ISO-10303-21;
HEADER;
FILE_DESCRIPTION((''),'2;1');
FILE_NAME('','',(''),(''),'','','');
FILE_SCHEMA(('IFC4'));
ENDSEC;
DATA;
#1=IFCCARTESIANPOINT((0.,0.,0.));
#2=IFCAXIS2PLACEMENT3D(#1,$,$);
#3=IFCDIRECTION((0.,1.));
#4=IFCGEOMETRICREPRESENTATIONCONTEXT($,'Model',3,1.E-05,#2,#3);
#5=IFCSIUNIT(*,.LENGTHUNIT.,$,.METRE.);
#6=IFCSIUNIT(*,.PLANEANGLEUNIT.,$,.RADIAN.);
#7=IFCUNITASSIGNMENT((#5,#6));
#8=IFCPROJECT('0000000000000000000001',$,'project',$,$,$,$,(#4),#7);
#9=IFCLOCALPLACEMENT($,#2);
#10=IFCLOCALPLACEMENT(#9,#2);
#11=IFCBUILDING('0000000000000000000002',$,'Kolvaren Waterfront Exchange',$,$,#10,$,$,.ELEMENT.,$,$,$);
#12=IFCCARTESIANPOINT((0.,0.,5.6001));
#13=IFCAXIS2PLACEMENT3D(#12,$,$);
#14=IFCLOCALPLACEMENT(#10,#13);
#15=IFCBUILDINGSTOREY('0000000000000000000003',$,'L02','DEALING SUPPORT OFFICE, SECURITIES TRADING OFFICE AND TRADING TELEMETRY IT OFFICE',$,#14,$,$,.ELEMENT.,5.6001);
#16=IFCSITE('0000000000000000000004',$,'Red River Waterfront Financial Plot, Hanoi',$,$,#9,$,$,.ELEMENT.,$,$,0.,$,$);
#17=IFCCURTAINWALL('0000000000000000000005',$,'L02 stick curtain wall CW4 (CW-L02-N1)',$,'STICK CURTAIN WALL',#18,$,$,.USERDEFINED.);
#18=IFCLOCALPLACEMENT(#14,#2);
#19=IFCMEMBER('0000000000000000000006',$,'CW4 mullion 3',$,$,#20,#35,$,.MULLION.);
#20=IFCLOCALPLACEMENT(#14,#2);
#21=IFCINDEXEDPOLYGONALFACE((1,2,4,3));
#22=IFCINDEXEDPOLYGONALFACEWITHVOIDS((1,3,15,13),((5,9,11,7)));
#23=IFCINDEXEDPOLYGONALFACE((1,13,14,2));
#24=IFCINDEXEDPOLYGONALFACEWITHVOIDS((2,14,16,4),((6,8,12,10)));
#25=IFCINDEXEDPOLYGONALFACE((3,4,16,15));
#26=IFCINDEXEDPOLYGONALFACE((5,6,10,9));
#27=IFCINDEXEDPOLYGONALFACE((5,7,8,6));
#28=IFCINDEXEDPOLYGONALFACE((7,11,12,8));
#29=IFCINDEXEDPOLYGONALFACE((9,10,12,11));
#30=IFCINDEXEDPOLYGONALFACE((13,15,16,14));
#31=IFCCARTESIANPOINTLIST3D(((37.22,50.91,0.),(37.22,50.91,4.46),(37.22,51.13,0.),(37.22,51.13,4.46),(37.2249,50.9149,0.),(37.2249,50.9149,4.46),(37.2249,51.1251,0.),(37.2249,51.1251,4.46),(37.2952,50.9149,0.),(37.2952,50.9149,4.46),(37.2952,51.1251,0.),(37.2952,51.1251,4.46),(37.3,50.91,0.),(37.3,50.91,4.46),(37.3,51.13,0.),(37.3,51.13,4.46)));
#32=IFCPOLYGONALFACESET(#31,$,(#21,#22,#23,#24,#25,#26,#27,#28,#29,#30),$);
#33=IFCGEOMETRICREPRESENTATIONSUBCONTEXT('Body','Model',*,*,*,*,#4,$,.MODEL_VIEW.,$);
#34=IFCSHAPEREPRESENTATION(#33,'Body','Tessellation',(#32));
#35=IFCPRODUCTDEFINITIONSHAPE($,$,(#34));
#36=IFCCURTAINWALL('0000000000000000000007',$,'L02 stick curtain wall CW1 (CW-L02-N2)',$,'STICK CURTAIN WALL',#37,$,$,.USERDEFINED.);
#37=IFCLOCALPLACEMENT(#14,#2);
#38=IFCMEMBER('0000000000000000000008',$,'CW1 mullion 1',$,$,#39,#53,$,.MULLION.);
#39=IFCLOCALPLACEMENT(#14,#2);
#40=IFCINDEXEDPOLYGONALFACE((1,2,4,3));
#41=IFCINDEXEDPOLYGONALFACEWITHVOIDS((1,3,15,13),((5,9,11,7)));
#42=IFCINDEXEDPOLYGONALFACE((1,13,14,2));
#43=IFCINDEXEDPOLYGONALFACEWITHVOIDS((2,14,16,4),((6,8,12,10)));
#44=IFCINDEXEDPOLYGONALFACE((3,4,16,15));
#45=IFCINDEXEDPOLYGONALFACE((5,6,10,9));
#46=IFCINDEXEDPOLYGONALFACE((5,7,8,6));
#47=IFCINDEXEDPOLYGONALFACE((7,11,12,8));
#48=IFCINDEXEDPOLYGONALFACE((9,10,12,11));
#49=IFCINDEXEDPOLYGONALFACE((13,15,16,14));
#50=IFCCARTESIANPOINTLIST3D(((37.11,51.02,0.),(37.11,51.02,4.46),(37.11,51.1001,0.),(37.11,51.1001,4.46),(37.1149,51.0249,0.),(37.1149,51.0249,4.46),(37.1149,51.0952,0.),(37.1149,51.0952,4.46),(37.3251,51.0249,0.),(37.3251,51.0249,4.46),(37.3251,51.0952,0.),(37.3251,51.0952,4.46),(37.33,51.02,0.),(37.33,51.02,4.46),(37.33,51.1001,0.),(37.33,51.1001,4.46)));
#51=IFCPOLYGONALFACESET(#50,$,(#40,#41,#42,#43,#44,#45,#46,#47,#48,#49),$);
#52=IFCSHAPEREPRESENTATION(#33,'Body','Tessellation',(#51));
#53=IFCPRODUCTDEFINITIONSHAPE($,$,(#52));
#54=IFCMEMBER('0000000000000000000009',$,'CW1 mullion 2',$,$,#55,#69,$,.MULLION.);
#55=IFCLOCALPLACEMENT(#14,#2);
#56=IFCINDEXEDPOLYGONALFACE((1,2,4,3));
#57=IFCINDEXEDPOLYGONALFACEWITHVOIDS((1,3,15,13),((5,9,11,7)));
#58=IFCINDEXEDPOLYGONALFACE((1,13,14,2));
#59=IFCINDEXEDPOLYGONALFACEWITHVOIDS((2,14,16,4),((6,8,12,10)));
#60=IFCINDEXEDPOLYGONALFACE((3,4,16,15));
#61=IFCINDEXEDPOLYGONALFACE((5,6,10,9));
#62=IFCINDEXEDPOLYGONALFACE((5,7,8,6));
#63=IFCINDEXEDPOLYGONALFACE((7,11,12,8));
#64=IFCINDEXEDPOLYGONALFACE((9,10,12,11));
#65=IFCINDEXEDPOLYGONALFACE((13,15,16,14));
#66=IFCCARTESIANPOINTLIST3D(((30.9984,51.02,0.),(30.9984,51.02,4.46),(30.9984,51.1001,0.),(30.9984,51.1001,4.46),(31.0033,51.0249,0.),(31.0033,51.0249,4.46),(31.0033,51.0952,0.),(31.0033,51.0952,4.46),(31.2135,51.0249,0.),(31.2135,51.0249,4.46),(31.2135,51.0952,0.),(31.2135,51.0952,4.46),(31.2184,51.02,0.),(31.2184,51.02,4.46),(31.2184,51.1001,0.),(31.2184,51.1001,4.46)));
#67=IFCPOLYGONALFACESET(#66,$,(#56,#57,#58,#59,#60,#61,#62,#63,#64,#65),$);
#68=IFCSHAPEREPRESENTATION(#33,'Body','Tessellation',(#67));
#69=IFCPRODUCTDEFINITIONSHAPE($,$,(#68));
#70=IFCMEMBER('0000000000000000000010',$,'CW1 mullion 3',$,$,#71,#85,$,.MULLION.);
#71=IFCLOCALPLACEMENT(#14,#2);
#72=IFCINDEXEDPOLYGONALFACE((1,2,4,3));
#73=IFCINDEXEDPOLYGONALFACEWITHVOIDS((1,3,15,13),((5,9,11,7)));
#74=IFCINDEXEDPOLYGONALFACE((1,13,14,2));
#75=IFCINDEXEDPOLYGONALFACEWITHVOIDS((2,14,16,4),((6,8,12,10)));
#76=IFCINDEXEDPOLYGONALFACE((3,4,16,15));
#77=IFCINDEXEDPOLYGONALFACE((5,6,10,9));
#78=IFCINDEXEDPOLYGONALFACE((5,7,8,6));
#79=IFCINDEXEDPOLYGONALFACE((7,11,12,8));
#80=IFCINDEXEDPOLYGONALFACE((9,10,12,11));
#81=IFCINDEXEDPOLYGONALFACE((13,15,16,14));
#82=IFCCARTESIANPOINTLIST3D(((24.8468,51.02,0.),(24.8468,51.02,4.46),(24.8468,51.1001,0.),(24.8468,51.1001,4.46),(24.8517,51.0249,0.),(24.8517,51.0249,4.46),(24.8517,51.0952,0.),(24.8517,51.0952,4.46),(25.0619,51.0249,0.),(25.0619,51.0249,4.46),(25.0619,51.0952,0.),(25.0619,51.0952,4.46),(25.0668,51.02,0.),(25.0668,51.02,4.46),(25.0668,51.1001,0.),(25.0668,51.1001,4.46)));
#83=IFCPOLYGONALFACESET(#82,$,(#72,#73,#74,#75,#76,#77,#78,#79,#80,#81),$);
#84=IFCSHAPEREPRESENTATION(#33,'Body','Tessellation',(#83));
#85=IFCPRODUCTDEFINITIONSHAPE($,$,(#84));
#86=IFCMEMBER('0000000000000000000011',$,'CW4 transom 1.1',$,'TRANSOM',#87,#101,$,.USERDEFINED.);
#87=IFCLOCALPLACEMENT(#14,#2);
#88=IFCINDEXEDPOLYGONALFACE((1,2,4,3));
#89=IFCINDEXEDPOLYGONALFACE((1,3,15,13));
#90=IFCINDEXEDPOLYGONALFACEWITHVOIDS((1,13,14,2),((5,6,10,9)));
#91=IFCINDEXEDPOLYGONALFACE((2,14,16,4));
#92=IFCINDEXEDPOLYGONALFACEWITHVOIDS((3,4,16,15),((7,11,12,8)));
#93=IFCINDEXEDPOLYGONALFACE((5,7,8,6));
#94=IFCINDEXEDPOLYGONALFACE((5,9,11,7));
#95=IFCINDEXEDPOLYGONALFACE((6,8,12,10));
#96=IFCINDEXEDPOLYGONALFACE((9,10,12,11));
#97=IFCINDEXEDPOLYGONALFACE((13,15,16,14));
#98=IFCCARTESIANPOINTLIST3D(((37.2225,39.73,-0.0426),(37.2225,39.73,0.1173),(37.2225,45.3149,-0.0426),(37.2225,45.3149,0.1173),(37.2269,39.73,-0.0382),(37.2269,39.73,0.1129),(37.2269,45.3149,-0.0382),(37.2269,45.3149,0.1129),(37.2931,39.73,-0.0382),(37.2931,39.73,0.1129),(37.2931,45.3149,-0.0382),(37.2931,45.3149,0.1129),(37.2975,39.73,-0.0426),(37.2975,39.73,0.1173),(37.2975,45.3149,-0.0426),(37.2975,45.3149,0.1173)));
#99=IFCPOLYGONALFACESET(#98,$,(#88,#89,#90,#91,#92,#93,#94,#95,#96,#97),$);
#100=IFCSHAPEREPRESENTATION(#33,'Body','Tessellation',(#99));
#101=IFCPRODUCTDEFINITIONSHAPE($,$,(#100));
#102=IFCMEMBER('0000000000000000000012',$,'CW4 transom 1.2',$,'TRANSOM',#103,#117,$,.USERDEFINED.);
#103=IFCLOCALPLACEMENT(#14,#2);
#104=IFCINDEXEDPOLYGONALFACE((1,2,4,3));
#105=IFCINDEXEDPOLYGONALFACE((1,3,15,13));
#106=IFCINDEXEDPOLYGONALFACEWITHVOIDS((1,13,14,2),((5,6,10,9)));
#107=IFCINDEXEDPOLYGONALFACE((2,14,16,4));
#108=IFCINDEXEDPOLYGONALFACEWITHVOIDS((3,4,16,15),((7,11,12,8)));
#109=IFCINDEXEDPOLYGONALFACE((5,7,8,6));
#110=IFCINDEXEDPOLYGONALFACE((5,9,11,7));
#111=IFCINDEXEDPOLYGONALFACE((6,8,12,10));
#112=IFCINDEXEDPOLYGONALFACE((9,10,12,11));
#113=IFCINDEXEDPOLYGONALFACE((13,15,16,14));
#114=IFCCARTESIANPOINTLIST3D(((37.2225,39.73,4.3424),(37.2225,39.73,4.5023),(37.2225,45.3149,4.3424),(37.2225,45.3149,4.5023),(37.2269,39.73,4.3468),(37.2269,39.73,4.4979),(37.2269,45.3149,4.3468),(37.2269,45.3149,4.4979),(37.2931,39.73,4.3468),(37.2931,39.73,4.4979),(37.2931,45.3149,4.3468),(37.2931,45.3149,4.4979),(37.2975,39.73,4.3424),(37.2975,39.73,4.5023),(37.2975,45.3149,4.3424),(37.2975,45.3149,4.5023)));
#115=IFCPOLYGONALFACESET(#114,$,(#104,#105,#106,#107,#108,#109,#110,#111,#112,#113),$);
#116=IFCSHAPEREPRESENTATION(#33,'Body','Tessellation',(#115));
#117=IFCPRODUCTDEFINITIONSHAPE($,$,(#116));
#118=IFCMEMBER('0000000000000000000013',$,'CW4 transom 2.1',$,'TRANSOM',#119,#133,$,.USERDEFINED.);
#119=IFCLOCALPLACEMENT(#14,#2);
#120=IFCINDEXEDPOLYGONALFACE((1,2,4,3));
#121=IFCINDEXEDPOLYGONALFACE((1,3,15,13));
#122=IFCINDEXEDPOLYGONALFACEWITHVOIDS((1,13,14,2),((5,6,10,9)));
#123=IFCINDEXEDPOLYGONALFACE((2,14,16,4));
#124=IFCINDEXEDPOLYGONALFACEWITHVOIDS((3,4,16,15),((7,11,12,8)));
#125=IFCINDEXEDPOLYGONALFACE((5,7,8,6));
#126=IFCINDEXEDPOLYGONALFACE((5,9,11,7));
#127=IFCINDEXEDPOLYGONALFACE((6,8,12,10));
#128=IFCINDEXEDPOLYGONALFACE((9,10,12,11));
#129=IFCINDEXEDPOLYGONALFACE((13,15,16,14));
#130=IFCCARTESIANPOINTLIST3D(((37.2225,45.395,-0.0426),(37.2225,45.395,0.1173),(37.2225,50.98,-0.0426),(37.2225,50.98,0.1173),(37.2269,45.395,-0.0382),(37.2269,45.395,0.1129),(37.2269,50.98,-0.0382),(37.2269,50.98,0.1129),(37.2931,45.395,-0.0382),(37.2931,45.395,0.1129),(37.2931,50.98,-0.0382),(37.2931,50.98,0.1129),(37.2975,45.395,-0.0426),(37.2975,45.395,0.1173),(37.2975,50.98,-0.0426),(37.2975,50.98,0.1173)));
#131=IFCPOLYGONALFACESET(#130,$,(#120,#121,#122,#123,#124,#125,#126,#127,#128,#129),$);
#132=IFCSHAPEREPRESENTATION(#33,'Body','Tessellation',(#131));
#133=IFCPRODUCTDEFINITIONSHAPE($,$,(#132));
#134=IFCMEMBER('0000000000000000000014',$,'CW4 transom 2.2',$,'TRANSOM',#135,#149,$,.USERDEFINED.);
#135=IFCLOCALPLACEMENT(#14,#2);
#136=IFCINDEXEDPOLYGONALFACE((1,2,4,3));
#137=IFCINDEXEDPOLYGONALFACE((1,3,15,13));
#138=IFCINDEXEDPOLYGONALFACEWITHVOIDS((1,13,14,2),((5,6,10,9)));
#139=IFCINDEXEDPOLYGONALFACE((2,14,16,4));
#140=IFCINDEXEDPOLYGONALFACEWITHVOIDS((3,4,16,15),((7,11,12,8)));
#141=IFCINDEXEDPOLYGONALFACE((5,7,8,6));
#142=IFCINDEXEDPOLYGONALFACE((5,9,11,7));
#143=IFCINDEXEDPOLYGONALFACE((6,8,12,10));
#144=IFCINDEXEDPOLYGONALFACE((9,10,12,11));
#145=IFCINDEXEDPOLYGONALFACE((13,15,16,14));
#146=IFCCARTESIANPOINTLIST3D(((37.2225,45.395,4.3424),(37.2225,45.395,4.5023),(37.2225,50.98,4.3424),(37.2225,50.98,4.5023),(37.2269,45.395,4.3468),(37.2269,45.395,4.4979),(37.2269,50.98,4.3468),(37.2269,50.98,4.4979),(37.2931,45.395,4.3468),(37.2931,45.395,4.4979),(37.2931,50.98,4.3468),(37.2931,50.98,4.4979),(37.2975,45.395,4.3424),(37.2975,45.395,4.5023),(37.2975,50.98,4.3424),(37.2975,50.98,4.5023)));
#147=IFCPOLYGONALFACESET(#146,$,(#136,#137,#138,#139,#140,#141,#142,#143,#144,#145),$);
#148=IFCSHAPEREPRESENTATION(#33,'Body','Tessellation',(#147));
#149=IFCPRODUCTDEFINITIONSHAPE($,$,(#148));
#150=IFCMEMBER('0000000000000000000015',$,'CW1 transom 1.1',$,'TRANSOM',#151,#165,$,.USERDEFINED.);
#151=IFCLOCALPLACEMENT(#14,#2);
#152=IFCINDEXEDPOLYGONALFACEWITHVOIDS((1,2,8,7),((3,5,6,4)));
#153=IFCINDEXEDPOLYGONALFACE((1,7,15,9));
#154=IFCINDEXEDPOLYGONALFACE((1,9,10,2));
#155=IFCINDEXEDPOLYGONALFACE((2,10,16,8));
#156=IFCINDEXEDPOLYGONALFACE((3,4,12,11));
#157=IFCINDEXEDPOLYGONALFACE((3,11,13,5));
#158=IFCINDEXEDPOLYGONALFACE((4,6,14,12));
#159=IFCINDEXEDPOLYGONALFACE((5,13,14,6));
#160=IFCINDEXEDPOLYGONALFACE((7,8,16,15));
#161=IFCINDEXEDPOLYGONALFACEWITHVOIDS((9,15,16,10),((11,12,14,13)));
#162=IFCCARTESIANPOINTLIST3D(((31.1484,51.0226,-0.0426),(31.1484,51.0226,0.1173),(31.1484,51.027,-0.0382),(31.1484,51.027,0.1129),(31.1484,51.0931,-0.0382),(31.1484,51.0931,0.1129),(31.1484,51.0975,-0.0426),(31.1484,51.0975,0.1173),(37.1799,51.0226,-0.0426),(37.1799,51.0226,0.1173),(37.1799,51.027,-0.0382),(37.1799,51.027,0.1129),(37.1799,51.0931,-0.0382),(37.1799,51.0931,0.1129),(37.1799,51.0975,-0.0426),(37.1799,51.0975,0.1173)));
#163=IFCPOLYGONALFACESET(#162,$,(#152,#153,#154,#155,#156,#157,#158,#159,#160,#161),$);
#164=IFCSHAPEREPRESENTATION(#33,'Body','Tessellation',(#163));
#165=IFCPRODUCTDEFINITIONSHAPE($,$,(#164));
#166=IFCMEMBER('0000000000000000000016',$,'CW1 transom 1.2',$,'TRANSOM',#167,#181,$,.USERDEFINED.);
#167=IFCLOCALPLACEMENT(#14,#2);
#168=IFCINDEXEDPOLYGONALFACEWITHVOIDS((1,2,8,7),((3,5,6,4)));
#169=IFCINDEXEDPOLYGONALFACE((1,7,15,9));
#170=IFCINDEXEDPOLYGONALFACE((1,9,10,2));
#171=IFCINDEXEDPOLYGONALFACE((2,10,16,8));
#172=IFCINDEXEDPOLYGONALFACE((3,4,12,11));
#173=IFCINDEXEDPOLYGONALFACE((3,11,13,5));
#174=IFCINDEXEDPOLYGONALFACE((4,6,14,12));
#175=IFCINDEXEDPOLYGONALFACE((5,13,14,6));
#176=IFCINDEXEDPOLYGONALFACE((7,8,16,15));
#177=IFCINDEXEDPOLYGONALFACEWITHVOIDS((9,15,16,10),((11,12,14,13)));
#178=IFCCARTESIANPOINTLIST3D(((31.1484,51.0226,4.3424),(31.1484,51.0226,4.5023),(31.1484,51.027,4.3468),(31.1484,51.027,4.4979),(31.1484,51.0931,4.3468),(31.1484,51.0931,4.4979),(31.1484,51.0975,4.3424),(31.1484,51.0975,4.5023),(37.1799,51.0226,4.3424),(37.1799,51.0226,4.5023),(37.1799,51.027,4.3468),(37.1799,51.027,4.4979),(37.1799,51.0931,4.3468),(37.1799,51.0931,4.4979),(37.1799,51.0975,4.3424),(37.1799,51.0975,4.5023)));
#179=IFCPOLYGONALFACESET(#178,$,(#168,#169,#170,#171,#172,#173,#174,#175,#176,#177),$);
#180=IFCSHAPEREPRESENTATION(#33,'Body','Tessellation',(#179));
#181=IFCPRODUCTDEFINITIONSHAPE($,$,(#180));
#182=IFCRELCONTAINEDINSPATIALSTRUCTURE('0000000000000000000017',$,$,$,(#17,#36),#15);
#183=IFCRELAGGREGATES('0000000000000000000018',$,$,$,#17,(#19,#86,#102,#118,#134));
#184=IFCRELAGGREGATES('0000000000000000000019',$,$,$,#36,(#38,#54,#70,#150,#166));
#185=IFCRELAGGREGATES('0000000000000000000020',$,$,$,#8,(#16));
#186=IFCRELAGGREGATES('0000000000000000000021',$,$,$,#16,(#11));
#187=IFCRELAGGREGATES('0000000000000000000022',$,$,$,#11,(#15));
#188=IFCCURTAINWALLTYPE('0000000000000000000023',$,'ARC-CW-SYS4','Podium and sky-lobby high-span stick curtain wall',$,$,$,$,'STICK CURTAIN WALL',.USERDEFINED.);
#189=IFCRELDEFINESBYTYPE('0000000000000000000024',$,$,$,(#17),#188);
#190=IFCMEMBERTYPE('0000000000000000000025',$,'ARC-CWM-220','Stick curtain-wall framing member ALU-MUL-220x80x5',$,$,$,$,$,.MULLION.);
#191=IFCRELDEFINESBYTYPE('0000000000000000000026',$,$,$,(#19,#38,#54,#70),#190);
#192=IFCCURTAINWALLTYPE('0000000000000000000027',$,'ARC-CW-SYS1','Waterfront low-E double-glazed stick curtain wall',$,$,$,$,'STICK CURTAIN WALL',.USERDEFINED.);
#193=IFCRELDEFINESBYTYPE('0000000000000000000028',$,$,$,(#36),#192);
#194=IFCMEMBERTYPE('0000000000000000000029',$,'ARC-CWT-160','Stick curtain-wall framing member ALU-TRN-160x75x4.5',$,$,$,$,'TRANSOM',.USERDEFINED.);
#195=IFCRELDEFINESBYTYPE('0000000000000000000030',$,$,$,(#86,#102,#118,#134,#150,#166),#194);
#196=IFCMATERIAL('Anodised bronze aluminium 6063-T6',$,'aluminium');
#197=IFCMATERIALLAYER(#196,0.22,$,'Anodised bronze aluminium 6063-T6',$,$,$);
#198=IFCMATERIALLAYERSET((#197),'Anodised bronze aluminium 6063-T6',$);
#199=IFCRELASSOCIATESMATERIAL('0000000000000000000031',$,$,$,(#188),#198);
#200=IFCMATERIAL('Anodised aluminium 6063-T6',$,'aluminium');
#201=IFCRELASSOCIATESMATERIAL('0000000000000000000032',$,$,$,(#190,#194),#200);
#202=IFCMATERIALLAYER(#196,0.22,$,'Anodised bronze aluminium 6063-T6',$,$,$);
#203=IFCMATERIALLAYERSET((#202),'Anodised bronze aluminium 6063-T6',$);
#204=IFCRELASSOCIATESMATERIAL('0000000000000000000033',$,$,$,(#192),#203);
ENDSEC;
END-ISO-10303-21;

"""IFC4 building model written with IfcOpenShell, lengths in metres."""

from ifc_helpers import new_model, si_unit, direction, frame, origin, origin_with_axes, origin_2d, place, context, subcontext, project, spatial, hollow_rectangle, extrude, source, transform, mapped, material, layer, layer_set, material_profile, profile_set, type_object, element, aggregate, save


model = new_model("IFC4")

# Units and contexts
model_context = context("Model", 3, precision=1e-05, world=origin(), true_north=direction((0.0, 1.0)))
body_context = subcontext(model_context, "Body", "Model", "MODEL_VIEW")
ifc_project = project(units=[si_unit("LENGTHUNIT", "METRE"), si_unit("PLANEANGLEUNIT", "RADIAN")], contexts=[model_context])

# Site, building, storey
site_placement = place(None, origin())
site = spatial("IfcSite", under=ifc_project, at=site_placement, Name="Red River Waterfront Financial Plot, Hanoi", CompositionType="ELEMENT", RefElevation=0.0)
building_placement = place(site_placement, origin())
building = spatial("IfcBuilding", under=site, at=building_placement, Name="Kolvaren Waterfront Exchange", CompositionType="ELEMENT")
storey_placement = place(building_placement, frame((0.0, 0.0, 5.6001)))
storey = spatial("IfcBuildingStorey", under=building, at=storey_placement, Name="L02", Description="DEALING SUPPORT OFFICE, SECURITIES TRADING OFFICE AND TRADING TELEMETRY IT OFFICE", CompositionType="ELEMENT", Elevation=5.6001)

# Shared definitions
ifc_material_1 = material(Name="Anodised bronze aluminium 6063-T6", Category="aluminium")
ifc_layer_1 = layer(ifc_material_1, 0.22, Name="Anodised bronze aluminium 6063-T6")
ifc_layer_set_1 = layer_set([ifc_layer_1], Name="Anodised bronze aluminium 6063-T6")
curtain_wall_type_1 = type_object("IfcCurtainWallType", Name="ARC-CW-SYS4", Description="Podium and sky-lobby high-span stick curtain wall", ElementType="STICK CURTAIN WALL", PredefinedType="USERDEFINED", material=ifc_layer_set_1)
ifc_material_2 = material(Name="Anodised aluminium 6063-T6", Category="aluminium")
ifc_material_profile_1 = material_profile(ifc_material_2, hollow_rectangle(XDim=0.0801, YDim=0.22, WallThickness=0.0049, at=origin_2d()), Name="ALU-MUL-220x80x5")
ifc_profile_set_1 = profile_set([ifc_material_profile_1], Name="Anodised aluminium 6063-T6")
member_type_1 = type_object("IfcMemberType", Name="ARC-CWM-220", Description="Stick curtain-wall framing member ALU-MUL-220x80x5", PredefinedType="MULLION", material=ifc_profile_set_1)
shared_shape_1 = source(origin_with_axes(), body_context, "Body", "SweptSolid", [
    extrude(hollow_rectangle(XDim=0.0801, YDim=0.22, WallThickness=0.0049, at=origin_2d()), origin(), (0.0, 0.0, 1.0), 4.46),
])

# Curtain walls, members
curtain_wall_1_placement = place(storey_placement, origin())
curtain_wall_1 = element("IfcCurtainWall", 1, at=curtain_wall_1_placement, inside=storey, type_object=curtain_wall_type_1, Name="L02 stick curtain wall CW4 (CW-L02-N1)", ObjectType="STICK CURTAIN WALL", PredefinedType="USERDEFINED")
member_1_placement = place(storey_placement, frame((37.26, 51.02, 0.0), z_axis=(0.0, 0.0, 1.0), x_axis=(-1.0, 0.0, 0.0)))
member_1 = element("IfcMember", 2, at=member_1_placement, type_object=member_type_1, Name="CW4 mullion 3", PredefinedType="MULLION", context=body_context, shape_type="MappedRepresentation", body=[
    mapped(shared_shape_1, transform((0.0, 0.0, 0.0), x_axis=(1.0, 0.0, 0.0), y_axis=(0.0, 1.0, 0.0), z_axis=(0.0, 0.0, 1.0), scale=1.0)),
])
ifc_layer_2 = layer(ifc_material_1, 0.22, Name="Anodised bronze aluminium 6063-T6")
ifc_layer_set_2 = layer_set([ifc_layer_2], Name="Anodised bronze aluminium 6063-T6")
curtain_wall_type_2 = type_object("IfcCurtainWallType", Name="ARC-CW-SYS1", Description="Waterfront low-E double-glazed stick curtain wall", ElementType="STICK CURTAIN WALL", PredefinedType="USERDEFINED", material=ifc_layer_set_2)
curtain_wall_2_placement = place(storey_placement, origin())
curtain_wall_2 = element("IfcCurtainWall", 3, at=curtain_wall_2_placement, inside=storey, type_object=curtain_wall_type_2, Name="L02 stick curtain wall CW1 (CW-L02-N2)", ObjectType="STICK CURTAIN WALL", PredefinedType="USERDEFINED")
member_2_placement = place(storey_placement, frame((37.22, 51.0601, 0.0), z_axis=(0.0, 0.0, 1.0), x_axis=(0.0, -1.0, 0.0)))
member_2 = element("IfcMember", 4, at=member_2_placement, type_object=member_type_1, Name="CW1 mullion 1", PredefinedType="MULLION", context=body_context, shape_type="MappedRepresentation", body=[
    mapped(shared_shape_1, transform((0.0, 0.0, 0.0), x_axis=(1.0, 0.0, 0.0), y_axis=(0.0, 1.0, 0.0), z_axis=(0.0, 0.0, 1.0), scale=1.0)),
])
member_3_placement = place(storey_placement, frame((31.1084, 51.0601, 0.0), z_axis=(0.0, 0.0, 1.0), x_axis=(0.0, -1.0, 0.0)))
member_3 = element("IfcMember", 5, at=member_3_placement, type_object=member_type_1, Name="CW1 mullion 2", PredefinedType="MULLION", context=body_context, shape_type="MappedRepresentation", body=[
    mapped(shared_shape_1, transform((0.0, 0.0, 0.0), x_axis=(1.0, 0.0, 0.0), y_axis=(0.0, 1.0, 0.0), z_axis=(0.0, 0.0, 1.0), scale=1.0)),
])
member_4_placement = place(storey_placement, frame((24.9568, 51.0601, 0.0), z_axis=(0.0, 0.0, 1.0), x_axis=(0.0, -1.0, 0.0)))
member_4 = element("IfcMember", 6, at=member_4_placement, type_object=member_type_1, Name="CW1 mullion 3", PredefinedType="MULLION", context=body_context, shape_type="MappedRepresentation", body=[
    mapped(shared_shape_1, transform((0.0, 0.0, 0.0), x_axis=(1.0, 0.0, 0.0), y_axis=(0.0, 1.0, 0.0), z_axis=(0.0, 0.0, 1.0), scale=1.0)),
])

# Members
ifc_material_profile_2 = material_profile(ifc_material_2, hollow_rectangle(XDim=0.075, YDim=0.1599, WallThickness=0.0044, at=origin_2d()), Name="ALU-TRN-160x75x4.5")
ifc_profile_set_2 = profile_set([ifc_material_profile_2], Name="Anodised aluminium 6063-T6")
member_type_2 = type_object("IfcMemberType", Name="ARC-CWT-160", Description="Stick curtain-wall framing member ALU-TRN-160x75x4.5", ElementType="TRANSOM", PredefinedType="USERDEFINED", material=ifc_profile_set_2)
shared_shape_2 = source(origin_with_axes(), body_context, "Body", "SweptSolid", [
    extrude(hollow_rectangle(XDim=0.075, YDim=0.1599, WallThickness=0.0044, at=origin_2d()), origin(), (0.0, 0.0, 1.0), 5.585),
])
member_5_placement = place(storey_placement, frame((37.26, 39.73, 0.0374), z_axis=(0.0, 1.0, 0.0), x_axis=(-1.0, 0.0, 0.0)))
member_5 = element("IfcMember", 7, at=member_5_placement, type_object=member_type_2, Name="CW4 transom 1.1", ObjectType="TRANSOM", PredefinedType="USERDEFINED", context=body_context, shape_type="MappedRepresentation", body=[
    mapped(shared_shape_2, transform((0.0, 0.0, 0.0), x_axis=(1.0, 0.0, 0.0), y_axis=(0.0, 1.0, 0.0), z_axis=(0.0, 0.0, 1.0), scale=1.0)),
])
member_6_placement = place(storey_placement, frame((37.26, 39.73, 4.4224), z_axis=(0.0, 1.0, 0.0), x_axis=(-1.0, 0.0, 0.0)))
member_6 = element("IfcMember", 8, at=member_6_placement, type_object=member_type_2, Name="CW4 transom 1.2", ObjectType="TRANSOM", PredefinedType="USERDEFINED", context=body_context, shape_type="MappedRepresentation", body=[
    mapped(shared_shape_2, transform((0.0, 0.0, 0.0), x_axis=(1.0, 0.0, 0.0), y_axis=(0.0, 1.0, 0.0), z_axis=(0.0, 0.0, 1.0), scale=1.0)),
])
member_7_placement = place(storey_placement, frame((37.26, 45.395, 0.0374), z_axis=(0.0, 1.0, 0.0), x_axis=(-1.0, 0.0, 0.0)))
member_7 = element("IfcMember", 9, at=member_7_placement, type_object=member_type_2, Name="CW4 transom 2.1", ObjectType="TRANSOM", PredefinedType="USERDEFINED", context=body_context, shape_type="MappedRepresentation", body=[
    mapped(shared_shape_2, transform((0.0, 0.0, 0.0), x_axis=(1.0, 0.0, 0.0), y_axis=(0.0, 1.0, 0.0), z_axis=(0.0, 0.0, 1.0), scale=1.0)),
])
member_8_placement = place(storey_placement, frame((37.26, 45.395, 4.4224), z_axis=(0.0, 1.0, 0.0), x_axis=(-1.0, 0.0, 0.0)))
member_8 = element("IfcMember", 10, at=member_8_placement, type_object=member_type_2, Name="CW4 transom 2.2", ObjectType="TRANSOM", PredefinedType="USERDEFINED", context=body_context, shape_type="MappedRepresentation", body=[
    mapped(shared_shape_2, transform((0.0, 0.0, 0.0), x_axis=(1.0, 0.0, 0.0), y_axis=(0.0, 1.0, 0.0), z_axis=(0.0, 0.0, 1.0), scale=1.0)),
])
shared_shape_3 = source(origin_with_axes(), body_context, "Body", "SweptSolid", [
    extrude(hollow_rectangle(XDim=0.075, YDim=0.1599, WallThickness=0.0044, at=origin_2d()), origin(), (0.0, 0.0, 1.0), 6.0315),
])
member_9_placement = place(storey_placement, frame((37.1799, 51.0601, 0.0374), z_axis=(-1.0, 0.0, 0.0), x_axis=(0.0, -1.0, 0.0)))
member_9 = element("IfcMember", 11, at=member_9_placement, type_object=member_type_2, Name="CW1 transom 1.1", ObjectType="TRANSOM", PredefinedType="USERDEFINED", context=body_context, shape_type="MappedRepresentation", body=[
    mapped(shared_shape_3, transform((0.0, 0.0, 0.0), x_axis=(1.0, 0.0, 0.0), y_axis=(0.0, 1.0, 0.0), z_axis=(0.0, 0.0, 1.0), scale=1.0)),
])
member_10_placement = place(storey_placement, frame((37.1799, 51.0601, 4.4224), z_axis=(-1.0, 0.0, 0.0), x_axis=(0.0, -1.0, 0.0)))
member_10 = element("IfcMember", 12, at=member_10_placement, type_object=member_type_2, Name="CW1 transom 1.2", ObjectType="TRANSOM", PredefinedType="USERDEFINED", context=body_context, shape_type="MappedRepresentation", body=[
    mapped(shared_shape_3, transform((0.0, 0.0, 0.0), x_axis=(1.0, 0.0, 0.0), y_axis=(0.0, 1.0, 0.0), z_axis=(0.0, 0.0, 1.0), scale=1.0)),
])

aggregate(curtain_wall_1, [member_1, member_5, member_6, member_7, member_8])
aggregate(curtain_wall_2, [member_2, member_3, member_4, member_9, member_10])

save(model, "model.ifc")
